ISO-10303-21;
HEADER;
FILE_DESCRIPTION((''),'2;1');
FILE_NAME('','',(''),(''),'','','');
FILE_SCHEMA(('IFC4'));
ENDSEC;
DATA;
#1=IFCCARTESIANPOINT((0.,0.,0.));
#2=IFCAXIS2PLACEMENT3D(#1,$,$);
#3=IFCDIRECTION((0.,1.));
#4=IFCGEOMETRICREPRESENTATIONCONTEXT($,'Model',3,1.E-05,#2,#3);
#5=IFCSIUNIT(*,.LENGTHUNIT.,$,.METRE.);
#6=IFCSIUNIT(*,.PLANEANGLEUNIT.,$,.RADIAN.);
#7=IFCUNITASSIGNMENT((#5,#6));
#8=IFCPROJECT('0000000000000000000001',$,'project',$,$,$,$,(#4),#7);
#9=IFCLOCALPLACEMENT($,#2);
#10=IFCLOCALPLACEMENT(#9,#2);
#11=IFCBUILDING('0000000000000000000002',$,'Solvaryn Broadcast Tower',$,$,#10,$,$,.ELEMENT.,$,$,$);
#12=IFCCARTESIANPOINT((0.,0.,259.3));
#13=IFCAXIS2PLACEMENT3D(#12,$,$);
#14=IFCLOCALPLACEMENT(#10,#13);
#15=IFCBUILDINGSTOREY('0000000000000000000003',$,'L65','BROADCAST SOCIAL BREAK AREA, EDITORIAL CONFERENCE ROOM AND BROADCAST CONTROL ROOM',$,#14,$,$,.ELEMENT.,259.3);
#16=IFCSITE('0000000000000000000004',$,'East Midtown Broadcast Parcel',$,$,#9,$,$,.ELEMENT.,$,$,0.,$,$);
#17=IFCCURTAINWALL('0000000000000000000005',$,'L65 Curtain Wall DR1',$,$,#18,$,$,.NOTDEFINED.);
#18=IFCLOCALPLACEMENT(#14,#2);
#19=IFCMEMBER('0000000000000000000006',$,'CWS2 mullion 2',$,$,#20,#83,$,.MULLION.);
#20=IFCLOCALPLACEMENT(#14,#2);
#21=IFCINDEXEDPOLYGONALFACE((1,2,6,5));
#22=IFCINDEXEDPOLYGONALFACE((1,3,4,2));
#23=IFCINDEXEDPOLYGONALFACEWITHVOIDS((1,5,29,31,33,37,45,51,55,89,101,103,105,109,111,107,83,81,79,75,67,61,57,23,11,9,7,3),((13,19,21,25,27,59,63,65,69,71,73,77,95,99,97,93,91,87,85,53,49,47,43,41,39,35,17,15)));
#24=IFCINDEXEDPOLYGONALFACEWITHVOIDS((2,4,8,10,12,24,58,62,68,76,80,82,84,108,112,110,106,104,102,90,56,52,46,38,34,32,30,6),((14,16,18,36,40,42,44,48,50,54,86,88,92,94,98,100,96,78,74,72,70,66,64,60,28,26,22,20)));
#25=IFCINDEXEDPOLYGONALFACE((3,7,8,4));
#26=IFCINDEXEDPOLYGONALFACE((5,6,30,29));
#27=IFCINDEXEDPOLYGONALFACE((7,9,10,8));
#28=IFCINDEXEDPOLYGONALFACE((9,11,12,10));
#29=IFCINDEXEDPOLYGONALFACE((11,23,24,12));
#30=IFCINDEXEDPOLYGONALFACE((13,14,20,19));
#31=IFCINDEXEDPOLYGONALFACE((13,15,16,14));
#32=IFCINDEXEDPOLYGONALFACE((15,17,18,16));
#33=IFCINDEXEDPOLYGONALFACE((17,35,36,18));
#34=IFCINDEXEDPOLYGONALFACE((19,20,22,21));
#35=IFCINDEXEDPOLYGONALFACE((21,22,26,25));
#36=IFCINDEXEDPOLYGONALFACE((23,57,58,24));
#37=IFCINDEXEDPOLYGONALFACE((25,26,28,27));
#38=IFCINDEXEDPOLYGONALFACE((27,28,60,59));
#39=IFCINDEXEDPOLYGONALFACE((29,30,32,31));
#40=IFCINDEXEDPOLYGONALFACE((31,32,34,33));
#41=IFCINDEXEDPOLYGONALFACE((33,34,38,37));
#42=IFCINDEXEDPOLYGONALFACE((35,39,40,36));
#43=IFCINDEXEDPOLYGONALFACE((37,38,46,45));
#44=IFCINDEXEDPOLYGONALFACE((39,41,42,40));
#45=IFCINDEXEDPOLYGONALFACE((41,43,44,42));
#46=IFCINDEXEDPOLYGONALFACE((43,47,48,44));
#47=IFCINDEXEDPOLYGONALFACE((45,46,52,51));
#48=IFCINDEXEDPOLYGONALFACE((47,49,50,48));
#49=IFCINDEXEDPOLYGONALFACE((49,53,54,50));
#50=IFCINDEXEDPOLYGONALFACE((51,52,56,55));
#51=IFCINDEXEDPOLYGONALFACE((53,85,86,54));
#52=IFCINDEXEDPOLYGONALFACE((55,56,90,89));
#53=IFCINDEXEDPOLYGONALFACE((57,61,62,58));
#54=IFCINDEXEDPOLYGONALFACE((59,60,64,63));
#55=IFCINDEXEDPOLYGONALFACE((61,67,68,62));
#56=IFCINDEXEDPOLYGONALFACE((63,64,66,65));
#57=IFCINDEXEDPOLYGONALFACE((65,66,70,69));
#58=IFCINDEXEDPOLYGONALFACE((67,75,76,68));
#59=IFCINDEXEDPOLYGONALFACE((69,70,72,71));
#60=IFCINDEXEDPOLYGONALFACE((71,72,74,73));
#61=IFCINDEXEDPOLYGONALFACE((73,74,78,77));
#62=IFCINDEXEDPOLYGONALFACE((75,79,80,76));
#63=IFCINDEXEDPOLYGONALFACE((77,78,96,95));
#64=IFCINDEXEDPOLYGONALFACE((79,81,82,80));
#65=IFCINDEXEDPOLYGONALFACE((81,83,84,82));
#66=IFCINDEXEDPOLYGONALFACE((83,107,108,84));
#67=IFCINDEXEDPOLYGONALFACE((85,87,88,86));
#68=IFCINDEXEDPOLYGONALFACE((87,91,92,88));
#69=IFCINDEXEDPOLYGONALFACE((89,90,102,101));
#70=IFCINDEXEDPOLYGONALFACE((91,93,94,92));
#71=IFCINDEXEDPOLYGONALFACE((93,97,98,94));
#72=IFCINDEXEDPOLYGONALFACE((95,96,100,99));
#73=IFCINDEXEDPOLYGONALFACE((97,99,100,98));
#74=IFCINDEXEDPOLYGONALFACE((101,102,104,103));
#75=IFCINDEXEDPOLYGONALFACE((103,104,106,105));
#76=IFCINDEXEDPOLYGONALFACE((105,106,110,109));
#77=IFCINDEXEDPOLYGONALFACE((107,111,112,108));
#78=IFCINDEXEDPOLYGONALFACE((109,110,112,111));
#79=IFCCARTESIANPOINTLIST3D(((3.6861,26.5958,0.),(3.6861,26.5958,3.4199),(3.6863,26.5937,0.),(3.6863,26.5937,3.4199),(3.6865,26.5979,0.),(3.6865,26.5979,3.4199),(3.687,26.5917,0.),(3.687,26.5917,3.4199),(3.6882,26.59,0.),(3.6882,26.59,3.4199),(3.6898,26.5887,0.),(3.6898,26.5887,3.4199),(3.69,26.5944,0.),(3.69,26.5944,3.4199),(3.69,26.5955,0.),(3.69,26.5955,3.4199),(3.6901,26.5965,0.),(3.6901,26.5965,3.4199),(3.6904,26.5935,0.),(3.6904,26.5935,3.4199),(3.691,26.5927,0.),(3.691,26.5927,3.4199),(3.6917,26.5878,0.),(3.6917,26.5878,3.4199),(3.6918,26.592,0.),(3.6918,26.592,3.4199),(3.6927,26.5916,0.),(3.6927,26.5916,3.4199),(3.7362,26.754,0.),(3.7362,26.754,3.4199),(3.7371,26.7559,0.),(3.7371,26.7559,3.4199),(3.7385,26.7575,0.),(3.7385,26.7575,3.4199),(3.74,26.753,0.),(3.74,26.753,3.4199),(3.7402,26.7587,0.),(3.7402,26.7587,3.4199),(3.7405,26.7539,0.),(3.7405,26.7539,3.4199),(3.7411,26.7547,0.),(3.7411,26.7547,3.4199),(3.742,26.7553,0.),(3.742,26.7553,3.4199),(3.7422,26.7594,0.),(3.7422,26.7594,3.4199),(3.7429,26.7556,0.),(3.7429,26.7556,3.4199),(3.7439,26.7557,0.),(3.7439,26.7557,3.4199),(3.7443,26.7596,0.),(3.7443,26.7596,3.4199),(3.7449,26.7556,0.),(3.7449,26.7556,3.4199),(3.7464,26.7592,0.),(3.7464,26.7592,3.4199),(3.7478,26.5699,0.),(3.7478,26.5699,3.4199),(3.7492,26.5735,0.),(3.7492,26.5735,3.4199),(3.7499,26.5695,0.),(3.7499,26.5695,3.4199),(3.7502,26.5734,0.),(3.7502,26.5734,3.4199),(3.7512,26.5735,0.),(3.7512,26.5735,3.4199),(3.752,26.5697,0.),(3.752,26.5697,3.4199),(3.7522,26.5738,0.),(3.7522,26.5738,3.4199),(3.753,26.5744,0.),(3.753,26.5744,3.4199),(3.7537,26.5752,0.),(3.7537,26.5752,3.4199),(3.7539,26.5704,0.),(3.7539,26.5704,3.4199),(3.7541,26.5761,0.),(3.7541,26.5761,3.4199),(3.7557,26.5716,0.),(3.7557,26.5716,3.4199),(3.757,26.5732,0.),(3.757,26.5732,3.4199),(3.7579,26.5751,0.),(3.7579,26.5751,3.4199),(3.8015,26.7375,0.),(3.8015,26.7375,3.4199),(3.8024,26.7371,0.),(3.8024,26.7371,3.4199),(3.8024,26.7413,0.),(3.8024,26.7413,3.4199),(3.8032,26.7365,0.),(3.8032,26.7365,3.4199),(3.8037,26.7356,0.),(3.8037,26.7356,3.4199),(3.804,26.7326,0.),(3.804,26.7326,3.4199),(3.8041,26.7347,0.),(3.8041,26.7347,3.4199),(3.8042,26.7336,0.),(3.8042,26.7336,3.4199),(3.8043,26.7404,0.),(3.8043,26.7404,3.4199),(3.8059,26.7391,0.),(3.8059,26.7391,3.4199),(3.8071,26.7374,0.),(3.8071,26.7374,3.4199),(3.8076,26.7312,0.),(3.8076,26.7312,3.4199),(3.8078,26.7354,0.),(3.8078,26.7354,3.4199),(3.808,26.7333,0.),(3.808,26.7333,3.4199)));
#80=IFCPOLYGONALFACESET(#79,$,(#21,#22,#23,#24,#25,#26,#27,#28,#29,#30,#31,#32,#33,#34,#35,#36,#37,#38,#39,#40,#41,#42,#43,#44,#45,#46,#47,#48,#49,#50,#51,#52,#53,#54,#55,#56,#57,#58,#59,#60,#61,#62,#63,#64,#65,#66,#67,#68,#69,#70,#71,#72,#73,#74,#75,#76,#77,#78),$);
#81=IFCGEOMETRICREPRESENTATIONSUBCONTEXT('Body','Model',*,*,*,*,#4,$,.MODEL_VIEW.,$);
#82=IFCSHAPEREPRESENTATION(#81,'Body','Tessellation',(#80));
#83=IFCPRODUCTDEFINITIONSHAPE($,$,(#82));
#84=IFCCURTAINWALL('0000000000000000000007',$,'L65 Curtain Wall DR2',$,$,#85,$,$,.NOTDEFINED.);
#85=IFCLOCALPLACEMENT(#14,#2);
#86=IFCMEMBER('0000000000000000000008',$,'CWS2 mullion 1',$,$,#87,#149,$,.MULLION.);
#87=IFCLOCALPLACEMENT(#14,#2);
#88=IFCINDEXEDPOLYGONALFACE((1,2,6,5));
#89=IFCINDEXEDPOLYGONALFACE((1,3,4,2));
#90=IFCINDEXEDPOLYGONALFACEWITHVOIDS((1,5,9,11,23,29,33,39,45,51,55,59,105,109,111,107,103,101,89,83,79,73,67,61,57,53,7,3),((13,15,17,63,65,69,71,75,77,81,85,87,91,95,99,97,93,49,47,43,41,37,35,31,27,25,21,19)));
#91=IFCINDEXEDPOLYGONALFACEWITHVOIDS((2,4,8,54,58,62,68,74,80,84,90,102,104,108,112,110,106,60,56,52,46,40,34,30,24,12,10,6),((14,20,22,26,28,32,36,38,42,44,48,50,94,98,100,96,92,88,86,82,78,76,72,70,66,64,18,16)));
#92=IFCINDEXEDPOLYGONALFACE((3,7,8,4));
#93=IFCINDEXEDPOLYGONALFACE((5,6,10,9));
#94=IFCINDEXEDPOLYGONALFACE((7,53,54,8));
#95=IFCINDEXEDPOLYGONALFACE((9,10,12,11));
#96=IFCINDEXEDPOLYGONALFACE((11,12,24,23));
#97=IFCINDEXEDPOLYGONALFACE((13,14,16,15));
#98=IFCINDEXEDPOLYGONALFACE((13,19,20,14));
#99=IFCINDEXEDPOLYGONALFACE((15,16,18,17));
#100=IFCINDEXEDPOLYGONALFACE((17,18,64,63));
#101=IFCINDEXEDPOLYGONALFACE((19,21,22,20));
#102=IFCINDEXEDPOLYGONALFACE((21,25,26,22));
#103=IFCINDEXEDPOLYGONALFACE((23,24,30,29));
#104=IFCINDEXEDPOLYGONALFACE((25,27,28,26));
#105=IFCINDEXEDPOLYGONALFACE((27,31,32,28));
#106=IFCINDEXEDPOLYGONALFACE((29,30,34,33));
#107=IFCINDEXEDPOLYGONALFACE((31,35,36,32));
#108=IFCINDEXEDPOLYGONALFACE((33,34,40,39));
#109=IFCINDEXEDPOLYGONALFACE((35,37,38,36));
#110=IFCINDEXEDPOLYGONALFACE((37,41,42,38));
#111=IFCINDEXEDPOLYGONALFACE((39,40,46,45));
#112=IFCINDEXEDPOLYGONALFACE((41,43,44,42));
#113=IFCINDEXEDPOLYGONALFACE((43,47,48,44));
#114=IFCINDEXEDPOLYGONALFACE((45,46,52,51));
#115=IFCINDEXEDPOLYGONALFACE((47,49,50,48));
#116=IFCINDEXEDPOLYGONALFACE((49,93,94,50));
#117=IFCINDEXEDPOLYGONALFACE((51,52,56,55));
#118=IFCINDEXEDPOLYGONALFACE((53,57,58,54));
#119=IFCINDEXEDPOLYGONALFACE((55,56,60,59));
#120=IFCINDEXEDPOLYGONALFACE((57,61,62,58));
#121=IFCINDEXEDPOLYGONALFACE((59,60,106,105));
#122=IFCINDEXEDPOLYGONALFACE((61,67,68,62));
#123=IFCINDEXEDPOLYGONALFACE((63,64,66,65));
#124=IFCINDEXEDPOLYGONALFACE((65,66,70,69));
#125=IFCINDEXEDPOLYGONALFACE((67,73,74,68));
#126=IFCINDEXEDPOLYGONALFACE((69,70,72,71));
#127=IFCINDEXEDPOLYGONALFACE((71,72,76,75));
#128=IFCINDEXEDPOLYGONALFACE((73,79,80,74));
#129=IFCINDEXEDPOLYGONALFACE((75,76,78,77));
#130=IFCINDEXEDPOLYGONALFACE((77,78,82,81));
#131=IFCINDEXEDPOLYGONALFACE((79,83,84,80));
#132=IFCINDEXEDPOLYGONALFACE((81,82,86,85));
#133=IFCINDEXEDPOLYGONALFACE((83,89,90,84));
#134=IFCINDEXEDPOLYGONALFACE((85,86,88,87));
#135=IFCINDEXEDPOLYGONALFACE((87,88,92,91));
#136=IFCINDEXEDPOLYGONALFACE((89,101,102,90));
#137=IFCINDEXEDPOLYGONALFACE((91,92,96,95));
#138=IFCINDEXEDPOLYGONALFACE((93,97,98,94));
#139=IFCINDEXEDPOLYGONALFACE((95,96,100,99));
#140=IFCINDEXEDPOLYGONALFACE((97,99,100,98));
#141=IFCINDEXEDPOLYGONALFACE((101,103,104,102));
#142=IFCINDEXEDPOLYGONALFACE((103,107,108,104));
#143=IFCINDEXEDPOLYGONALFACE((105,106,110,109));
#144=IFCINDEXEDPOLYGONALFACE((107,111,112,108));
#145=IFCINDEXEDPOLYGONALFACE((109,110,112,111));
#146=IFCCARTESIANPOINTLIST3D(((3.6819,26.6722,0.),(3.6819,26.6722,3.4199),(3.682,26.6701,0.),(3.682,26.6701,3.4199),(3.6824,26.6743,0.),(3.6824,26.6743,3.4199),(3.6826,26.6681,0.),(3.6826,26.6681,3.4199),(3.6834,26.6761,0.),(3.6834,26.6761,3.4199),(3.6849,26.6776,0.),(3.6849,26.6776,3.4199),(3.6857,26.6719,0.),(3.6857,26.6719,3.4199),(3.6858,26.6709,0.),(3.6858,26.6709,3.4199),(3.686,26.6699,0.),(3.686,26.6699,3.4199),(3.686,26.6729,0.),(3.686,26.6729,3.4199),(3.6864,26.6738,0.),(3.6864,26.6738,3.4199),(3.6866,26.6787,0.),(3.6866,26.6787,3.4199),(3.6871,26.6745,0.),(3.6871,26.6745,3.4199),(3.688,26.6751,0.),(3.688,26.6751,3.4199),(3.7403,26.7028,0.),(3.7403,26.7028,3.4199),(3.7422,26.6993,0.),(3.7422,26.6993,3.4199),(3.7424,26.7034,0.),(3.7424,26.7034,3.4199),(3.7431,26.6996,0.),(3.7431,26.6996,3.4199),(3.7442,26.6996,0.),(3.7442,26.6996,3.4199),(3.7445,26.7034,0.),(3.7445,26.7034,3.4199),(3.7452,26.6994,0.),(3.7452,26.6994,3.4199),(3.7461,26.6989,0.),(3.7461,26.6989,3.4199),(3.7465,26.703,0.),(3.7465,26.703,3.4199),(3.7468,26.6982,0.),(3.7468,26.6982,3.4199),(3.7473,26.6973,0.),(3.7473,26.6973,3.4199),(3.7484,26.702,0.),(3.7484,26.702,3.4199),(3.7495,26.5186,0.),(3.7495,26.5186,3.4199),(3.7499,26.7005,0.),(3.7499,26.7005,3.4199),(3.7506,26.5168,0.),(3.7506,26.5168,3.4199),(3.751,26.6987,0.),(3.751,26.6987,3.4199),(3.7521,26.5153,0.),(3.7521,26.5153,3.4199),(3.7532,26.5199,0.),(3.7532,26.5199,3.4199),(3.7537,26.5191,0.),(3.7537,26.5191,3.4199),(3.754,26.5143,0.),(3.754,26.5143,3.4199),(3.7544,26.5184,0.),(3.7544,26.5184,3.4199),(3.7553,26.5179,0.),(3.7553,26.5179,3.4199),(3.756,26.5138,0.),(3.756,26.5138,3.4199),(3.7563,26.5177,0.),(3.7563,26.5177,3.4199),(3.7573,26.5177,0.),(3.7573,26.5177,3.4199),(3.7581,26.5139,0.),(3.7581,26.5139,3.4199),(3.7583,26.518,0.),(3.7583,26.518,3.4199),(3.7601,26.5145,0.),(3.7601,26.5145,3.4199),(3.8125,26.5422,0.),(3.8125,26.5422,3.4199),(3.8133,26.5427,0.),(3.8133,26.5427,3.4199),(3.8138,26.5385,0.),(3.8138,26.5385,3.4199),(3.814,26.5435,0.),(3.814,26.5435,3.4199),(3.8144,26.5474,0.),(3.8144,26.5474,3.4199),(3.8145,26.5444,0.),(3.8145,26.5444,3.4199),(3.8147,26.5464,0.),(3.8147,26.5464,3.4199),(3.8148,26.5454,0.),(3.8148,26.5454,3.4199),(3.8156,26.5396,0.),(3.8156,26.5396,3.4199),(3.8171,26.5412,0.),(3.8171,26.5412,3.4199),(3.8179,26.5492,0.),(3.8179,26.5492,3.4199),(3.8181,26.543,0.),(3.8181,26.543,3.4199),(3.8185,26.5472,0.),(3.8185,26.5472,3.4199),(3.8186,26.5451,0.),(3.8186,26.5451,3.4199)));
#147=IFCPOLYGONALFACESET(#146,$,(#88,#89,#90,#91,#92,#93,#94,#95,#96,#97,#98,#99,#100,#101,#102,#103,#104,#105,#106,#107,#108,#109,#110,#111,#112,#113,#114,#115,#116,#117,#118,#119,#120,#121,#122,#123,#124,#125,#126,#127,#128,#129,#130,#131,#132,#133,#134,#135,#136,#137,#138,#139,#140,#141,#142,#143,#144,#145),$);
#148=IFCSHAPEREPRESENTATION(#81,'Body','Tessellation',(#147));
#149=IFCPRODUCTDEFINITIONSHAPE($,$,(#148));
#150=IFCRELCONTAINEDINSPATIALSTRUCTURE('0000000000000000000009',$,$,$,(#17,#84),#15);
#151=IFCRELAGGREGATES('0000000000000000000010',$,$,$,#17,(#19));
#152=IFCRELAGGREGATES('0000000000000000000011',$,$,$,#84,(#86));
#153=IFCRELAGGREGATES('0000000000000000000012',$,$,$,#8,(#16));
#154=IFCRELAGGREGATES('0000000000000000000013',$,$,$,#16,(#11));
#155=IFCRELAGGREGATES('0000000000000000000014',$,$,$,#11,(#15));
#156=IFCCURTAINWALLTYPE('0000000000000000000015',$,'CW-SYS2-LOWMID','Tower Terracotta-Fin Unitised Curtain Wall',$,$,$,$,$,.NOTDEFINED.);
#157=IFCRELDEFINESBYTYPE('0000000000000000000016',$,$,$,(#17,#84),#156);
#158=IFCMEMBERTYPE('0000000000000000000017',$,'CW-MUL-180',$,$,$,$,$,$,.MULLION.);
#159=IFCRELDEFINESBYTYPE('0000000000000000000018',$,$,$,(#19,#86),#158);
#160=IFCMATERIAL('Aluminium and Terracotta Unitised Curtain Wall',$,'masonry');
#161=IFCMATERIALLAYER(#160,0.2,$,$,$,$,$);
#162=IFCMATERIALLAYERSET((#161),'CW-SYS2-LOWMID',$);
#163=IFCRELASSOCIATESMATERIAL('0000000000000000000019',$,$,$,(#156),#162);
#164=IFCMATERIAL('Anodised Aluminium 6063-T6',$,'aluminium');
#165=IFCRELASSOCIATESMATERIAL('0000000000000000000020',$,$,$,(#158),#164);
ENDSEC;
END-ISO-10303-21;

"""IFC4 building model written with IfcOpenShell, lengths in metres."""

from ifc_helpers import new_model, si_unit, direction, frame, origin, origin_2d, place, context, subcontext, project, spatial, hollow_rectangle, extrude, material, layer, layer_set, material_profile, profile_set, type_object, element, aggregate, save


model = new_model("IFC4")

# Units and contexts
model_context = context("Model", 3, precision=1e-05, world=origin(), true_north=direction((0.0, 1.0)))
body_context = subcontext(model_context, "Body", "Model", "MODEL_VIEW")
ifc_project = project(units=[si_unit("LENGTHUNIT", "METRE"), si_unit("PLANEANGLEUNIT", "RADIAN")], contexts=[model_context])

# Site, building, storey
site_placement = place(None, origin())
site = spatial("IfcSite", under=ifc_project, at=site_placement, Name="East Midtown Broadcast Parcel", CompositionType="ELEMENT", RefElevation=0.0)
building_placement = place(site_placement, origin())
building = spatial("IfcBuilding", under=site, at=building_placement, Name="Solvaryn Broadcast Tower", CompositionType="ELEMENT")
storey_placement = place(building_placement, frame((0.0, 0.0, 259.3)))
storey = spatial("IfcBuildingStorey", under=building, at=storey_placement, Name="L65", Description="BROADCAST SOCIAL BREAK AREA, EDITORIAL CONFERENCE ROOM AND BROADCAST CONTROL ROOM", CompositionType="ELEMENT", Elevation=259.3)

# Curtain wall, member
ifc_material_1 = material(Name="Aluminium and Terracotta Unitised Curtain Wall", Category="masonry")
ifc_layer_1 = layer(ifc_material_1, 0.2)
ifc_layer_set_1 = layer_set([ifc_layer_1], Name="CW-SYS2-LOWMID")
curtain_wall_type = type_object("IfcCurtainWallType", Name="CW-SYS2-LOWMID", Description="Tower Terracotta-Fin Unitised Curtain Wall", PredefinedType="NOTDEFINED", material=ifc_layer_set_1)
curtain_wall_1_placement = place(storey_placement, origin())
curtain_wall_1 = element("IfcCurtainWall", 1, at=curtain_wall_1_placement, inside=storey, type_object=curtain_wall_type, Name="L65 Curtain Wall DR1", PredefinedType="NOTDEFINED")
ifc_material_2 = material(Name="Anodised Aluminium 6063-T6", Category="aluminium")
ifc_material_profile_1 = material_profile(ifc_material_2, hollow_rectangle(XDim=0.075, YDim=0.1799, WallThickness=0.0039, InnerFilletRadius=0.0039, OuterFilletRadius=0.0081, at=origin_2d()))
ifc_profile_set_1 = profile_set([ifc_material_profile_1], Name="Anodised Aluminium 6063-T6")
member_type_1 = type_object("IfcMemberType", Name="CW-MUL-180", PredefinedType="MULLION", material=ifc_profile_set_1)
member_1_placement = place(storey_placement, frame((3.7471, 26.6646, 0.0), z_axis=(0.0, 0.0, 1.0), x_axis=(0.952795, -0.303616, 0.0)))
member_1 = element("IfcMember", 2, at=member_1_placement, type_object=member_type_1, Name="CWS2 mullion 2", PredefinedType="MULLION", context=body_context, shape_type="SweptSolid", body=[
    extrude(hollow_rectangle(XDim=0.075, YDim=0.1799, WallThickness=0.0039, InnerFilletRadius=0.0039, OuterFilletRadius=0.0081, at=origin_2d()), origin(), (0.0, 0.0, 1.0), 3.4199),
])
aggregate(curtain_wall_1, [member_1])

# Curtain wall, member
curtain_wall_2_placement = place(storey_placement, origin())
curtain_wall_2 = element("IfcCurtainWall", 3, at=curtain_wall_2_placement, inside=storey, type_object=curtain_wall_type, Name="L65 Curtain Wall DR2", PredefinedType="NOTDEFINED")
member_2_placement = place(storey_placement, frame((3.7502, 26.6086, 0.0), z_axis=(0.0, 0.0, 1.0), x_axis=(0.912774, 0.408466, 0.0)))
member_2 = element("IfcMember", 4, at=member_2_placement, type_object=member_type_1, Name="CWS2 mullion 1", PredefinedType="MULLION", context=body_context, shape_type="SweptSolid", body=[
    extrude(hollow_rectangle(XDim=0.075, YDim=0.1799, WallThickness=0.0039, InnerFilletRadius=0.0039, OuterFilletRadius=0.0081, at=origin_2d()), origin(), (0.0, 0.0, 1.0), 3.4199),
])
aggregate(curtain_wall_2, [member_2])

save(model, "model.ifc")
